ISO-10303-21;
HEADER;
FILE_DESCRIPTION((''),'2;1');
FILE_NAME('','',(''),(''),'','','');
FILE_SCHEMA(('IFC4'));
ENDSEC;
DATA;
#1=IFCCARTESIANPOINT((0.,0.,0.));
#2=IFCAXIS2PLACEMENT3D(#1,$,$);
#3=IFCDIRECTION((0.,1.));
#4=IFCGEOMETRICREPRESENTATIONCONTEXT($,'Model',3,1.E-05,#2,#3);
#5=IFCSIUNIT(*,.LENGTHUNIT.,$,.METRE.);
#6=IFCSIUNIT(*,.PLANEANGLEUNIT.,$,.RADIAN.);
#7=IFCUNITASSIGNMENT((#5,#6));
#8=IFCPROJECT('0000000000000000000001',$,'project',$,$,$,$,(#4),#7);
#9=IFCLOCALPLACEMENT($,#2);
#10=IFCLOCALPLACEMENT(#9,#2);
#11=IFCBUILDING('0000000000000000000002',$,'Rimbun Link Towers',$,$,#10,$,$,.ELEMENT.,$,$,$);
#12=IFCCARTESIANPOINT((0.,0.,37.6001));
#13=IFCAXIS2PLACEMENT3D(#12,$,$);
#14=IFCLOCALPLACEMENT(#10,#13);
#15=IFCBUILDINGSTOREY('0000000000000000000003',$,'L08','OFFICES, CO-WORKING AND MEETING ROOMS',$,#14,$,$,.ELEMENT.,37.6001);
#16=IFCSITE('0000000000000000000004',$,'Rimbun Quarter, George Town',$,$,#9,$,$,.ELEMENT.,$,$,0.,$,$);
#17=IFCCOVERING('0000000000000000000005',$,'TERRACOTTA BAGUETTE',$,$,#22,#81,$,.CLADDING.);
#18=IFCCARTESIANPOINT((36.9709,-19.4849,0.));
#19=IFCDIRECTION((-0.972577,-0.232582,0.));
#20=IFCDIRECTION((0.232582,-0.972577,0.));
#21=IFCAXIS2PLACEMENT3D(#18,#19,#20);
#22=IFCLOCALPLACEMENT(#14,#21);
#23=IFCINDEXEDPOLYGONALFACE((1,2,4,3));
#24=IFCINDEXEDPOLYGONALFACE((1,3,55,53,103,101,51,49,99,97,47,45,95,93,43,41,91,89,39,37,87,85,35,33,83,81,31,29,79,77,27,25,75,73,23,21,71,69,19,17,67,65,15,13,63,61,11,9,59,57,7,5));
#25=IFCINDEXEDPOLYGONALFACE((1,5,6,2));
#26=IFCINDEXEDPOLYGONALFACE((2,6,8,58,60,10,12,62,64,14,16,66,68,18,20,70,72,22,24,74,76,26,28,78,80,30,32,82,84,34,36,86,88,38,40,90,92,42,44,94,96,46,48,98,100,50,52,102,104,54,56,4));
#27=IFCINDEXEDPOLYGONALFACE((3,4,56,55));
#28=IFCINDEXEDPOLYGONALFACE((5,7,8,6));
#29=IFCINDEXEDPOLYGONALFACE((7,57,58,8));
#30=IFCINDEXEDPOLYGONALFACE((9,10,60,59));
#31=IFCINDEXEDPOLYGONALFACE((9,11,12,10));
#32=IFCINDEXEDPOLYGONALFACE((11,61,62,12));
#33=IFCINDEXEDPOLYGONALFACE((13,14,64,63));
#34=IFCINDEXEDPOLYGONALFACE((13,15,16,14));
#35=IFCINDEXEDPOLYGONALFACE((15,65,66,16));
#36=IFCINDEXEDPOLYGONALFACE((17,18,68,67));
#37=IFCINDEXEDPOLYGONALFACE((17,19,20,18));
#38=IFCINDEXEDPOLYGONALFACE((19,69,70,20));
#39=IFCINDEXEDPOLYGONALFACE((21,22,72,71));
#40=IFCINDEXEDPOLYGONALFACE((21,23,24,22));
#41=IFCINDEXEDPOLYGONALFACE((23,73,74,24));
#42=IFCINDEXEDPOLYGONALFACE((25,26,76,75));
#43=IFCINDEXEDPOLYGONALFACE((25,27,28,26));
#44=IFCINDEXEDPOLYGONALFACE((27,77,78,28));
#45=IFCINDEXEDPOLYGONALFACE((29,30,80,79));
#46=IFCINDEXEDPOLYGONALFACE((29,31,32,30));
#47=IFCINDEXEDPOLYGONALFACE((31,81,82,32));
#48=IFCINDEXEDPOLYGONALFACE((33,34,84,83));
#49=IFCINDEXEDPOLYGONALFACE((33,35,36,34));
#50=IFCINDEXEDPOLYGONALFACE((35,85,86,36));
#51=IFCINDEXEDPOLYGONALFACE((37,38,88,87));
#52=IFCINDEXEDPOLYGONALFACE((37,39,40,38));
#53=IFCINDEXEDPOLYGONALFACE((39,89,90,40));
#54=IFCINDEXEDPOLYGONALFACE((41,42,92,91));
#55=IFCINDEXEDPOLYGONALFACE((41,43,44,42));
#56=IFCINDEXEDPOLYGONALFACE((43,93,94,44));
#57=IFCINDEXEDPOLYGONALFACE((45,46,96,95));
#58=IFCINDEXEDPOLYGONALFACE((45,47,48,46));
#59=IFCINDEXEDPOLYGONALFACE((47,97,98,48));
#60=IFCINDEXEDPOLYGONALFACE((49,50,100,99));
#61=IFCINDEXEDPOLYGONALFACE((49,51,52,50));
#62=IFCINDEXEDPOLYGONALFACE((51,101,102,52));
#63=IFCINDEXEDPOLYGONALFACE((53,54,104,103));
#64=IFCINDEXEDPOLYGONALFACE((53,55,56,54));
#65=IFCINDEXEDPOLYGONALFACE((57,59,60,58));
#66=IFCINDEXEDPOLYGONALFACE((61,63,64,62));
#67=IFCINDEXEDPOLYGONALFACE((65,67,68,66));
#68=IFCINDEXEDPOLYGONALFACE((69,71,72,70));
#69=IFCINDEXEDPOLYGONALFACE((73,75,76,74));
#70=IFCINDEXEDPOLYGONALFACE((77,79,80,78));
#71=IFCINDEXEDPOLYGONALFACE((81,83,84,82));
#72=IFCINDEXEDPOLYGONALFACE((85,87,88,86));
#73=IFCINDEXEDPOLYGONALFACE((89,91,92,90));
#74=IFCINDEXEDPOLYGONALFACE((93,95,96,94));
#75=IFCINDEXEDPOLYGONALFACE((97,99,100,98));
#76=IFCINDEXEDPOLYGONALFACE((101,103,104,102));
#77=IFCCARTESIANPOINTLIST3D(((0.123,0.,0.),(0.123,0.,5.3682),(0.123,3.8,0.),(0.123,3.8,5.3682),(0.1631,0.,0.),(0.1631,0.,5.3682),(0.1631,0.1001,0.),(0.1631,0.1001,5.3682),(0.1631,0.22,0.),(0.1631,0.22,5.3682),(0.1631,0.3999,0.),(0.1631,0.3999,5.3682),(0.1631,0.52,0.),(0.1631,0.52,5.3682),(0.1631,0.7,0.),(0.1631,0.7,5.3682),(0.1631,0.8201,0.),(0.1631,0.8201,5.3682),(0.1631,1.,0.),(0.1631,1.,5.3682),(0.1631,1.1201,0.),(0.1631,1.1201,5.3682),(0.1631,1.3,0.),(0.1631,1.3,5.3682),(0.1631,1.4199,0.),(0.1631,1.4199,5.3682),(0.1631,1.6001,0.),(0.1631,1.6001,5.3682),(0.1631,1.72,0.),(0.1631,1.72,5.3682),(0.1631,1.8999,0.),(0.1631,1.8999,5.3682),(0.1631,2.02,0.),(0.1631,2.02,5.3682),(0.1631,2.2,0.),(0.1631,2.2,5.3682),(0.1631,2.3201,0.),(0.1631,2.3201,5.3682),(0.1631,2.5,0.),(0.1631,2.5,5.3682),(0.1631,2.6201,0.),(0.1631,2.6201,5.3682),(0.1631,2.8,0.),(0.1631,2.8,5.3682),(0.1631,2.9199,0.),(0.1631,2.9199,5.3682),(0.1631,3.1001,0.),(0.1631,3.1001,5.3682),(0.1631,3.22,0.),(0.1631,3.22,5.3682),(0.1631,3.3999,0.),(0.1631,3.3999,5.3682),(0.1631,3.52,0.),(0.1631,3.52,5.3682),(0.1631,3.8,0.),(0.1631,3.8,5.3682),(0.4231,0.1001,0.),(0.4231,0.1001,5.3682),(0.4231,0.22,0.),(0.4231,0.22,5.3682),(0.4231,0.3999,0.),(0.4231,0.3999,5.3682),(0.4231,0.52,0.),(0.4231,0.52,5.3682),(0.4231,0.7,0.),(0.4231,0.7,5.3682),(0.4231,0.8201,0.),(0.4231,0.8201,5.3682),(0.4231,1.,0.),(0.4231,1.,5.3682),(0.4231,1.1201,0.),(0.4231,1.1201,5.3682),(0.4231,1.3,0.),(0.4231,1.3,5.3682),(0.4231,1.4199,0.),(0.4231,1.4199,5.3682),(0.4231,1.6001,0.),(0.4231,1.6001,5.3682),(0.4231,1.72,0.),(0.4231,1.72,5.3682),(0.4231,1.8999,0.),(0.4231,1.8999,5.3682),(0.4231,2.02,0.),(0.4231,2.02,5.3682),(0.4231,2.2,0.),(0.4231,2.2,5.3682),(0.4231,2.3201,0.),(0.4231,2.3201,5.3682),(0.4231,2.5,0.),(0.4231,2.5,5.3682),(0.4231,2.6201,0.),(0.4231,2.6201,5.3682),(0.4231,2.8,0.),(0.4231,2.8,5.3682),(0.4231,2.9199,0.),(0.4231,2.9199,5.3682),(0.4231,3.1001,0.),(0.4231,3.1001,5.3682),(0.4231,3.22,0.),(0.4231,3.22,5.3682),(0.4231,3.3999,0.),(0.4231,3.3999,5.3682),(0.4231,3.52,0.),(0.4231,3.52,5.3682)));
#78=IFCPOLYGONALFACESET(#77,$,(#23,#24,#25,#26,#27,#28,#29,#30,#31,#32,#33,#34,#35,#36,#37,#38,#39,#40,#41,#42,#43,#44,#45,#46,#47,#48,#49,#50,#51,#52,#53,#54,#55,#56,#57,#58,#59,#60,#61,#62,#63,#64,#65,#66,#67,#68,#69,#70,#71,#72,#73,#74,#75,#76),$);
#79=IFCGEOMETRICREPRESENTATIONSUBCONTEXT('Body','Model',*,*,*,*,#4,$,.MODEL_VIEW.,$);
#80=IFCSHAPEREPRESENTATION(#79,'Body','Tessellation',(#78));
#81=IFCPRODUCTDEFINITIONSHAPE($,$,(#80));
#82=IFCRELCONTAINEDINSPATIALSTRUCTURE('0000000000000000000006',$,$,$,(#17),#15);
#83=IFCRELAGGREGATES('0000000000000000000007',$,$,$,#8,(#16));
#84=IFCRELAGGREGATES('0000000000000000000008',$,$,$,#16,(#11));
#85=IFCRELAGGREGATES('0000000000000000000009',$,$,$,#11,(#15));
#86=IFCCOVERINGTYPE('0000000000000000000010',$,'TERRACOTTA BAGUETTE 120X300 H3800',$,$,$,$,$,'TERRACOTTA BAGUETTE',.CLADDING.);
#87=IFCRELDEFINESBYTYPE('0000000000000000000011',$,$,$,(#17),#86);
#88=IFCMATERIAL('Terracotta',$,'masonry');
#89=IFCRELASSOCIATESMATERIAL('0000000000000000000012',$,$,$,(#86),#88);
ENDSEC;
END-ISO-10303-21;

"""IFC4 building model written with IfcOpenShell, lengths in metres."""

from ifc_helpers import new_model, si_unit, direction, frame, origin, place, context, subcontext, project, spatial, polyline, outline, extrude, material, material_profile, profile_set, type_object, element, save


model = new_model("IFC4")

# Units and contexts
model_context = context("Model", 3, precision=1e-05, world=origin(), true_north=direction((0.0, 1.0)))
body_context = subcontext(model_context, "Body", "Model", "MODEL_VIEW")
ifc_project = project(units=[si_unit("LENGTHUNIT", "METRE"), si_unit("PLANEANGLEUNIT", "RADIAN")], contexts=[model_context])

# Site, building, storey
site_placement = place(None, origin())
site = spatial("IfcSite", under=ifc_project, at=site_placement, Name="Rimbun Quarter, George Town", CompositionType="ELEMENT", RefElevation=0.0)
building_placement = place(site_placement, origin())
building = spatial("IfcBuilding", under=site, at=building_placement, Name="Rimbun Link Towers", CompositionType="ELEMENT")
storey_placement = place(building_placement, frame((0.0, 0.0, 37.6001)))
storey = spatial("IfcBuildingStorey", under=building, at=storey_placement, Name="L08", Description="OFFICES, CO-WORKING AND MEETING ROOMS", CompositionType="ELEMENT", Elevation=37.6001)

# Covering
ifc_material_1 = material(Name="Terracotta", Category="masonry")
ifc_material_profile_1 = material_profile(ifc_material_1, outline(polyline([(0.123, 0.0), (0.1631, 0.0), (0.1631, 0.1001), (0.4231, 0.1001), (0.4231, 0.22), (0.1631, 0.22), (0.1631, 0.3999), (0.4231, 0.3999), (0.4231, 0.52), (0.1631, 0.52), (0.1631, 0.7), (0.4231, 0.7), (0.4231, 0.8201), (0.1631, 0.8201), (0.1631, 1.0), (0.4231, 1.0), (0.4231, 1.1201), (0.1631, 1.1201), (0.1631, 1.3), (0.4231, 1.3), (0.4231, 1.4199), (0.1631, 1.4199), (0.1631, 1.6001), (0.4231, 1.6001), (0.4231, 1.72), (0.1631, 1.72), (0.1631, 1.8999), (0.4231, 1.8999), (0.4231, 2.02), (0.1631, 2.02), (0.1631, 2.2), (0.4231, 2.2), (0.4231, 2.3201), (0.1631, 2.3201), (0.1631, 2.5), (0.4231, 2.5), (0.4231, 2.6201), (0.1631, 2.6201), (0.1631, 2.8), (0.4231, 2.8), (0.4231, 2.9199), (0.1631, 2.9199), (0.1631, 3.1001), (0.4231, 3.1001), (0.4231, 3.22), (0.1631, 3.22), (0.1631, 3.3999), (0.4231, 3.3999), (0.4231, 3.52), (0.1631, 3.52), (0.1631, 3.8), (0.123, 3.8), (0.123, 0.0)])), Name="BAGUETTE 120X300")
ifc_profile_set_1 = profile_set([ifc_material_profile_1], Name="Terracotta")
covering_type = type_object("IfcCoveringType", Name="TERRACOTTA BAGUETTE 120X300 H3800", ElementType="TERRACOTTA BAGUETTE", PredefinedType="CLADDING", material=ifc_profile_set_1)
covering_1_placement = place(storey_placement, frame((36.9709, -19.4849, 0.0), z_axis=(-0.972577, -0.232582, 0.0), x_axis=(0.232582, -0.972577, 0.0)))
element("IfcCovering", 1, at=covering_1_placement, inside=storey, type_object=covering_type, Name="TERRACOTTA BAGUETTE", PredefinedType="CLADDING", context=body_context, shape_type="SweptSolid", body=[
    extrude(outline(polyline([(0.123, 0.0), (0.1631, 0.0), (0.1631, 0.1001), (0.4231, 0.1001), (0.4231, 0.22), (0.1631, 0.22), (0.1631, 0.3999), (0.4231, 0.3999), (0.4231, 0.52), (0.1631, 0.52), (0.1631, 0.7), (0.4231, 0.7), (0.4231, 0.8201), (0.1631, 0.8201), (0.1631, 1.0), (0.4231, 1.0), (0.4231, 1.1201), (0.1631, 1.1201), (0.1631, 1.3), (0.4231, 1.3), (0.4231, 1.4199), (0.1631, 1.4199), (0.1631, 1.6001), (0.4231, 1.6001), (0.4231, 1.72), (0.1631, 1.72), (0.1631, 1.8999), (0.4231, 1.8999), (0.4231, 2.02), (0.1631, 2.02), (0.1631, 2.2), (0.4231, 2.2), (0.4231, 2.3201), (0.1631, 2.3201), (0.1631, 2.5), (0.4231, 2.5), (0.4231, 2.6201), (0.1631, 2.6201), (0.1631, 2.8), (0.4231, 2.8), (0.4231, 2.9199), (0.1631, 2.9199), (0.1631, 3.1001), (0.4231, 3.1001), (0.4231, 3.22), (0.1631, 3.22), (0.1631, 3.3999), (0.4231, 3.3999), (0.4231, 3.52), (0.1631, 3.52), (0.1631, 3.8), (0.123, 3.8), (0.123, 0.0)])), origin(), (0.0, 0.0, 1.0), 5.3682),
])

save(model, "model.ifc")
